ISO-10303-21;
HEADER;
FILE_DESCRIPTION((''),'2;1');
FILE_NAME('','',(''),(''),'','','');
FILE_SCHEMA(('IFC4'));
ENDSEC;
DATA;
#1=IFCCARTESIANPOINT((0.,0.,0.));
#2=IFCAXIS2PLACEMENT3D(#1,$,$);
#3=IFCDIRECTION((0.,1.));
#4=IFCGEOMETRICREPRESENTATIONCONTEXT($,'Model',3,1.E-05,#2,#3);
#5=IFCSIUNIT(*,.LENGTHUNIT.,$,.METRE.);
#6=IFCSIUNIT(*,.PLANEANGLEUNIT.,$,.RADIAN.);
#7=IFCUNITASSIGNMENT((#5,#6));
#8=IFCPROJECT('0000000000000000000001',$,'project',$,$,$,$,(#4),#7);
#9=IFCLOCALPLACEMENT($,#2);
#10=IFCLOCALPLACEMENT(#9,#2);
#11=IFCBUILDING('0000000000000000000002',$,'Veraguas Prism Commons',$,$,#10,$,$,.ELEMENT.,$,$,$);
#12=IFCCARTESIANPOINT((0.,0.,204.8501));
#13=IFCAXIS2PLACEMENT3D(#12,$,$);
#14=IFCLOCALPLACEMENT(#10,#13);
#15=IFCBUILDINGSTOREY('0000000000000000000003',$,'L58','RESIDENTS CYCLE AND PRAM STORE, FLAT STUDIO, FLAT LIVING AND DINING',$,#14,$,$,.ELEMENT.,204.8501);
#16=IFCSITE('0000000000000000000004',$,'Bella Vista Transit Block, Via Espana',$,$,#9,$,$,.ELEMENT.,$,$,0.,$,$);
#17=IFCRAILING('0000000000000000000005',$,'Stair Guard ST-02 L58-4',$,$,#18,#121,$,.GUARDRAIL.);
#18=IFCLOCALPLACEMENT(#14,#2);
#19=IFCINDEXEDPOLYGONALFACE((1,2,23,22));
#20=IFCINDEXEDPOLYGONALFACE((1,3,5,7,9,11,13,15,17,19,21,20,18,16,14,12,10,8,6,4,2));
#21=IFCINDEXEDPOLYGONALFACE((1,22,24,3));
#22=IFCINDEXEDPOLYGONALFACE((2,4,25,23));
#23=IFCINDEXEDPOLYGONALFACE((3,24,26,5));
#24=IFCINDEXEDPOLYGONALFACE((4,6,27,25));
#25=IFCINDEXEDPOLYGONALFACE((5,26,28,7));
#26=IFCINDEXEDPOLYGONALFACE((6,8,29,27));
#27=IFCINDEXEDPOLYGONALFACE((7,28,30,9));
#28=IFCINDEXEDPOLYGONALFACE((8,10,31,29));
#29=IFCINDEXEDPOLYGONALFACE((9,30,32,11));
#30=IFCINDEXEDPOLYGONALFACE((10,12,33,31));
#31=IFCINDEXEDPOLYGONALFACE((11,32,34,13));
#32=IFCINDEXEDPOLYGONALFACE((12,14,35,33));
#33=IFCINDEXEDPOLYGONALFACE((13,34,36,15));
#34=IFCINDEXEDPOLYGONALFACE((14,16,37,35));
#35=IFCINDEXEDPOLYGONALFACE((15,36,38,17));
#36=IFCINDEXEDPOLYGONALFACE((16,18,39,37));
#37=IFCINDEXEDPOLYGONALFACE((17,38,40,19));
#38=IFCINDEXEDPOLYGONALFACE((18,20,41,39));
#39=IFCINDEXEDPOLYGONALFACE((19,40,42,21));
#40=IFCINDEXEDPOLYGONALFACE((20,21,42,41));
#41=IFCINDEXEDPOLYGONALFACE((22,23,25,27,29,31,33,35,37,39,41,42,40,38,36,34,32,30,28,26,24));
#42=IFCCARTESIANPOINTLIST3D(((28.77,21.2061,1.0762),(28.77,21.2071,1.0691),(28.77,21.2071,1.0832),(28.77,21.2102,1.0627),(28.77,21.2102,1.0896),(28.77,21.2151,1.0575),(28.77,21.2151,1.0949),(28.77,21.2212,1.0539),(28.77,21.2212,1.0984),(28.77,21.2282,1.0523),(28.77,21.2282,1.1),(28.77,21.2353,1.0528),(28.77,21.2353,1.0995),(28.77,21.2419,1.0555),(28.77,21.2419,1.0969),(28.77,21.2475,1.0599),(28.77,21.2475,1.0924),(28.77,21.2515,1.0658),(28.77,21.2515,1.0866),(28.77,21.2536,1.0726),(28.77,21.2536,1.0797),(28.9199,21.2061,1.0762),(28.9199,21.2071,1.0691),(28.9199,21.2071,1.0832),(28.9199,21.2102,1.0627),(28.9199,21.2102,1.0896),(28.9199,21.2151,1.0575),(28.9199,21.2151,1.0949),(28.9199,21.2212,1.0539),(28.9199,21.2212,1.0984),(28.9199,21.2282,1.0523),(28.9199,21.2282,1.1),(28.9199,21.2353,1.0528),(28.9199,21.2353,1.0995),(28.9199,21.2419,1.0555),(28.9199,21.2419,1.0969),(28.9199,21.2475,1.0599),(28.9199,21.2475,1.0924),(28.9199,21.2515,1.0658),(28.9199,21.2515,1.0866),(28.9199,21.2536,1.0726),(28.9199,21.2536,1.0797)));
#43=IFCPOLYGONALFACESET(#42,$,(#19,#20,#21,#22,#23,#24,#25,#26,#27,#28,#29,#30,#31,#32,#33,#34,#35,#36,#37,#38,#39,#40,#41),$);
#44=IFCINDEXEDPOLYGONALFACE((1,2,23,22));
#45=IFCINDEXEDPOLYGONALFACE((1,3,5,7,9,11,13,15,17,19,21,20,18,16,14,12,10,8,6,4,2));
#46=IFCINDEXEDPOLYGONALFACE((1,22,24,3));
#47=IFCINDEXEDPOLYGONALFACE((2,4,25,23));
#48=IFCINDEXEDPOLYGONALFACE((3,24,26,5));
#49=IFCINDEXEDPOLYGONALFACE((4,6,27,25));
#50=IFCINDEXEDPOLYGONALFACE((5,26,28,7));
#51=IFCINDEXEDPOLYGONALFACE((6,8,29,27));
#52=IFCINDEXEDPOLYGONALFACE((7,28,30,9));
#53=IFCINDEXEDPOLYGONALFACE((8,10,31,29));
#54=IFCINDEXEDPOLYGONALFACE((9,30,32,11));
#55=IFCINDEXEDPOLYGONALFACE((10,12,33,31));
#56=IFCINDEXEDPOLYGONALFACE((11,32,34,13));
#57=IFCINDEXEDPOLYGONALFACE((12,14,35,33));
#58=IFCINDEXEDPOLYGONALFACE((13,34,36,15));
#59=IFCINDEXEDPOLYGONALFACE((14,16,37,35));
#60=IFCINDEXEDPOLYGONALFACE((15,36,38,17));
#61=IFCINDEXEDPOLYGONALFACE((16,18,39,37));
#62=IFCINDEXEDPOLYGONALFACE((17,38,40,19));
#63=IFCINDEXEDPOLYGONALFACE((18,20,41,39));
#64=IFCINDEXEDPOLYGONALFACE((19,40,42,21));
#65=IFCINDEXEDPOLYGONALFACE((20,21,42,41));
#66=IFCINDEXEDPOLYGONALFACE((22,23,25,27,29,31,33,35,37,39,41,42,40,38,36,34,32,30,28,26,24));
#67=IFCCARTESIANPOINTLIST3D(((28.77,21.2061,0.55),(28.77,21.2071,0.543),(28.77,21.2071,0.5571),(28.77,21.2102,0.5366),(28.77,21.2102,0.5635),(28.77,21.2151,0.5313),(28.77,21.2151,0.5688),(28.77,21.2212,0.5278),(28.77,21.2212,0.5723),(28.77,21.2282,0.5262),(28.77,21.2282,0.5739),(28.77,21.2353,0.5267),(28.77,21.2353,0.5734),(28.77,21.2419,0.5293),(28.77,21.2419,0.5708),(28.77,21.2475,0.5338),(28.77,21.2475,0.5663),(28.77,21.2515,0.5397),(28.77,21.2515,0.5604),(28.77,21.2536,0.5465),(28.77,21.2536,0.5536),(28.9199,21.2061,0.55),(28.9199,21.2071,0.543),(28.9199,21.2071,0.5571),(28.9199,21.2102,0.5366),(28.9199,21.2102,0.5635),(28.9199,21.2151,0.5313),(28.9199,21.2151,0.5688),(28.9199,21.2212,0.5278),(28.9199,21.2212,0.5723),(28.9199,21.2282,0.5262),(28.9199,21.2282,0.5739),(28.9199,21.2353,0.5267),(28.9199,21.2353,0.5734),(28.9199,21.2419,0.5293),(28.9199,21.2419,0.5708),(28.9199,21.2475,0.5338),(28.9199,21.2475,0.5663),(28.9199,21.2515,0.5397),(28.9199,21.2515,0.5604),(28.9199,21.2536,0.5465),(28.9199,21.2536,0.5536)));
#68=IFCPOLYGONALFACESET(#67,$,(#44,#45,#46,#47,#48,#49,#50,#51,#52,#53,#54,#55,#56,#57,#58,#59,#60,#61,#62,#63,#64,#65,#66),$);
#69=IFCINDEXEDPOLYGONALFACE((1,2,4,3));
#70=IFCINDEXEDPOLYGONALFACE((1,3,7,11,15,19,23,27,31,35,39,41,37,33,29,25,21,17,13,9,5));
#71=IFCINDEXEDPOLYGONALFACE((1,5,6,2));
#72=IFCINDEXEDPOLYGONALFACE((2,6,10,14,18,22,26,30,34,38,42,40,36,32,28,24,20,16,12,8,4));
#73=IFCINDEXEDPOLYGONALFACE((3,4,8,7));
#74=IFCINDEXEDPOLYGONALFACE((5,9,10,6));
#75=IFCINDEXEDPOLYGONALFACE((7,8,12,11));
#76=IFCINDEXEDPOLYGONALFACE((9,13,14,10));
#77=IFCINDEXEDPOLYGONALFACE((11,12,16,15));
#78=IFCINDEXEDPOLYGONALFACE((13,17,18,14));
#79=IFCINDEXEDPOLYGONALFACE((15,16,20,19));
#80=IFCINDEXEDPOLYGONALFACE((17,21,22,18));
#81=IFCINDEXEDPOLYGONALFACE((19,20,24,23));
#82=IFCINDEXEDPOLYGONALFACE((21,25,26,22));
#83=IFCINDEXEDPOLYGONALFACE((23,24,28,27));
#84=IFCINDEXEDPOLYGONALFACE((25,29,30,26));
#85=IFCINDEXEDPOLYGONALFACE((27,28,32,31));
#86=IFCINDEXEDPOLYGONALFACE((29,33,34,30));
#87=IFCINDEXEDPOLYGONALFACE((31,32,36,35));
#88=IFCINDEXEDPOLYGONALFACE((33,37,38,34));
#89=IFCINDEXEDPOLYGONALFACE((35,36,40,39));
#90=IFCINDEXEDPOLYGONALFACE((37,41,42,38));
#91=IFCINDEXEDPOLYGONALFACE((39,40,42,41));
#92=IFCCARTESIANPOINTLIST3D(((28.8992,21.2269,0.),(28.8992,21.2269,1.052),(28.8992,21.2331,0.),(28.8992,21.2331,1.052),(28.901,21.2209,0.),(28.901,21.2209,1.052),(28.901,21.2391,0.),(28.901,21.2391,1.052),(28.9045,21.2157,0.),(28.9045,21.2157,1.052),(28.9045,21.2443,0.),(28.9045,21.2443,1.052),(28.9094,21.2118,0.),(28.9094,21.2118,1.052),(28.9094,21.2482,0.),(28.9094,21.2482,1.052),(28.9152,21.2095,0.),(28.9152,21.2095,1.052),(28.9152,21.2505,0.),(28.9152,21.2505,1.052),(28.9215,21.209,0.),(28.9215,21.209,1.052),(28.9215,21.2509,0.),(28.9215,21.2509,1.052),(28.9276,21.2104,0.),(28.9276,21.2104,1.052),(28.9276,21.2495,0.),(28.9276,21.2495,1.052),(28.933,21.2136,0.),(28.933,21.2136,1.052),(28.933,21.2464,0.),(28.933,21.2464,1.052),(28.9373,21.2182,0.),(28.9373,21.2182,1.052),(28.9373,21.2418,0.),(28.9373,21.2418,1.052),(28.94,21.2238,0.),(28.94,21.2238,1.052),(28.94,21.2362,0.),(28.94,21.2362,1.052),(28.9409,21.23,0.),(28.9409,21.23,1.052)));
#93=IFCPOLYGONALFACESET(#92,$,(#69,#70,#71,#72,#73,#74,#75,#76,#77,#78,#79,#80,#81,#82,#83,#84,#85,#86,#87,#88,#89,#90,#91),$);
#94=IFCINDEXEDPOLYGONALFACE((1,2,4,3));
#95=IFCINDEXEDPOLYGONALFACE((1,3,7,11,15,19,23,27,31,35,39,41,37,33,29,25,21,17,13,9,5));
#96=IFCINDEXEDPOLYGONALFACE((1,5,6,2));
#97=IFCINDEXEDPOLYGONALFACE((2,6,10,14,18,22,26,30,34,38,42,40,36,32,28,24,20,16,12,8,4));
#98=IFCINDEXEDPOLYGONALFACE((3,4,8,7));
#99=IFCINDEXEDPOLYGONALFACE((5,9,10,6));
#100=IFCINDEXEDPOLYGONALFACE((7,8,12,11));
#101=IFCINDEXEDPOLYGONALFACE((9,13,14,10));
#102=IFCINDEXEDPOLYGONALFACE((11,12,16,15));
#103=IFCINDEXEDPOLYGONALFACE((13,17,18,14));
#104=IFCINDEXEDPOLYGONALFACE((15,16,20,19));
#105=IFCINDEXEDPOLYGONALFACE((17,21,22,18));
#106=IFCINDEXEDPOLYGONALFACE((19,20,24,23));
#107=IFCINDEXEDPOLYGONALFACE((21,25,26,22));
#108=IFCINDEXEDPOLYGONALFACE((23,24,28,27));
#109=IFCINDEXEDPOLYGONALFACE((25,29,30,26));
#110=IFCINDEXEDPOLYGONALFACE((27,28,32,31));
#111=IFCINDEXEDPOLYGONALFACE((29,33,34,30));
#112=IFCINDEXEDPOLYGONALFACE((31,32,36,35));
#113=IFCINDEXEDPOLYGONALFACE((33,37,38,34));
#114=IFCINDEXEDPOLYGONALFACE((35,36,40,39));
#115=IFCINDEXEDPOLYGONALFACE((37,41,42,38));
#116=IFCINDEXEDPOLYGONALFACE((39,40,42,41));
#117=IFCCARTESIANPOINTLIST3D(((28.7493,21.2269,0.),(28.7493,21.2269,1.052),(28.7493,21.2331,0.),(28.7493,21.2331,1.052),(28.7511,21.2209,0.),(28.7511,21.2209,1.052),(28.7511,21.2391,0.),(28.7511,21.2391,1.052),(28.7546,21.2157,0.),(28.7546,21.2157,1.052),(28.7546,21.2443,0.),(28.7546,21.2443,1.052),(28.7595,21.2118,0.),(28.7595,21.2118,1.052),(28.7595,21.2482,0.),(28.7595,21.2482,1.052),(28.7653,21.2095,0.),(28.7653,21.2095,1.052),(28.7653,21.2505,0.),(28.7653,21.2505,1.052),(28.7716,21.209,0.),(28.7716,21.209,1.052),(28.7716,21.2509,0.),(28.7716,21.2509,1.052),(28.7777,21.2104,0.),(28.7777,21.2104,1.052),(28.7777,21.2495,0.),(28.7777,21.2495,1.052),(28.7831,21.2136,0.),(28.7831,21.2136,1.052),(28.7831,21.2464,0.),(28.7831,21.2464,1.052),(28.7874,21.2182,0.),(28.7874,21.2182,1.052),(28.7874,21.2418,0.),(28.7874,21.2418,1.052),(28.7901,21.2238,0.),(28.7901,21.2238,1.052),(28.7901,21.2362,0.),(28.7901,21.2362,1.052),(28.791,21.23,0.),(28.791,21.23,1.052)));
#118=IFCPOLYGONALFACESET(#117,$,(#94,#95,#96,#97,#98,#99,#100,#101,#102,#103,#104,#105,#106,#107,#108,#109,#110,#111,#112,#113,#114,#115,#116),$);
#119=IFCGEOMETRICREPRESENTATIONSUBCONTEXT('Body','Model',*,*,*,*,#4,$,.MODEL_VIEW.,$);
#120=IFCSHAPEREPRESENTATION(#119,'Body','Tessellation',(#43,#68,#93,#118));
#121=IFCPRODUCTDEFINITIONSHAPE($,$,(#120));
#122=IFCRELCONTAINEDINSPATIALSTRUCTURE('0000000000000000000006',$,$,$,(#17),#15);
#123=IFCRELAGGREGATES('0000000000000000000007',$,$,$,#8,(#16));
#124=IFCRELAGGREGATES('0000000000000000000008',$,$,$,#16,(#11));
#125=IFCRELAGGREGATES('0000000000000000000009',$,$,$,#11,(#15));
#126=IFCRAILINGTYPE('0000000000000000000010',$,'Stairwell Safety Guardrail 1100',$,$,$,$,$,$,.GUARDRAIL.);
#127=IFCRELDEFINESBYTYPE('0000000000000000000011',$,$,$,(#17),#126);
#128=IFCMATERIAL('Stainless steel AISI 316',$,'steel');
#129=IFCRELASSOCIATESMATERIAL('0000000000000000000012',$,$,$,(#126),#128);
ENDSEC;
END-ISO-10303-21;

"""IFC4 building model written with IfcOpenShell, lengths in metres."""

from ifc_helpers import new_model, si_unit, direction, frame, origin, origin_2d, place, context, subcontext, project, spatial, circle, extrude, material, type_object, element, save


model = new_model("IFC4")

# Units and contexts
model_context = context("Model", 3, precision=1e-05, world=origin(), true_north=direction((0.0, 1.0)))
body_context = subcontext(model_context, "Body", "Model", "MODEL_VIEW")
ifc_project = project(units=[si_unit("LENGTHUNIT", "METRE"), si_unit("PLANEANGLEUNIT", "RADIAN")], contexts=[model_context])

# Site, building, storey
site_placement = place(None, origin())
site = spatial("IfcSite", under=ifc_project, at=site_placement, Name="Bella Vista Transit Block, Via Espana", CompositionType="ELEMENT", RefElevation=0.0)
building_placement = place(site_placement, origin())
building = spatial("IfcBuilding", under=site, at=building_placement, Name="Veraguas Prism Commons", CompositionType="ELEMENT")
storey_placement = place(building_placement, frame((0.0, 0.0, 204.8501)))
storey = spatial("IfcBuildingStorey", under=building, at=storey_placement, Name="L58", Description="RESIDENTS CYCLE AND PRAM STORE, FLAT STUDIO, FLAT LIVING AND DINING", CompositionType="ELEMENT", Elevation=204.8501)

# Shared definitions
ifc_material_1 = material(Name="Stainless steel AISI 316", Category="steel")

# Railing
railing_type = type_object("IfcRailingType", Name="Stairwell Safety Guardrail 1100", PredefinedType="GUARDRAIL", material=ifc_material_1)
railing_1_placement = place(storey_placement, frame((28.9199, 21.23, 0.0)))
element("IfcRailing", 1, at=railing_1_placement, inside=storey, type_object=railing_type, Name="Stair Guard ST-02 L58-4", PredefinedType="GUARDRAIL", context=body_context, shape_type="SweptSolid", body=[
    extrude(circle(Radius=0.0239, at=origin_2d()), frame((0.0, 0.0, 1.0762), z_axis=(-1.0, 0.0, 0.0), x_axis=(0.0, -1.0, 0.0)), (0.0, 0.0, 1.0), 0.1499),
    extrude(circle(Radius=0.0239, at=origin_2d()), frame((0.0, 0.0, 0.55), z_axis=(-1.0, 0.0, 0.0), x_axis=(0.0, -1.0, 0.0)), (0.0, 0.0, 1.0), 0.1499),
    extrude(circle(Radius=0.021, at=origin_2d()), origin(), (0.0, 0.0, 1.0), 1.052),
    extrude(circle(Radius=0.021, at=origin_2d()), frame((-0.1499, 0.0, 0.0)), (0.0, 0.0, 1.0), 1.052),
])

save(model, "model.ifc")
